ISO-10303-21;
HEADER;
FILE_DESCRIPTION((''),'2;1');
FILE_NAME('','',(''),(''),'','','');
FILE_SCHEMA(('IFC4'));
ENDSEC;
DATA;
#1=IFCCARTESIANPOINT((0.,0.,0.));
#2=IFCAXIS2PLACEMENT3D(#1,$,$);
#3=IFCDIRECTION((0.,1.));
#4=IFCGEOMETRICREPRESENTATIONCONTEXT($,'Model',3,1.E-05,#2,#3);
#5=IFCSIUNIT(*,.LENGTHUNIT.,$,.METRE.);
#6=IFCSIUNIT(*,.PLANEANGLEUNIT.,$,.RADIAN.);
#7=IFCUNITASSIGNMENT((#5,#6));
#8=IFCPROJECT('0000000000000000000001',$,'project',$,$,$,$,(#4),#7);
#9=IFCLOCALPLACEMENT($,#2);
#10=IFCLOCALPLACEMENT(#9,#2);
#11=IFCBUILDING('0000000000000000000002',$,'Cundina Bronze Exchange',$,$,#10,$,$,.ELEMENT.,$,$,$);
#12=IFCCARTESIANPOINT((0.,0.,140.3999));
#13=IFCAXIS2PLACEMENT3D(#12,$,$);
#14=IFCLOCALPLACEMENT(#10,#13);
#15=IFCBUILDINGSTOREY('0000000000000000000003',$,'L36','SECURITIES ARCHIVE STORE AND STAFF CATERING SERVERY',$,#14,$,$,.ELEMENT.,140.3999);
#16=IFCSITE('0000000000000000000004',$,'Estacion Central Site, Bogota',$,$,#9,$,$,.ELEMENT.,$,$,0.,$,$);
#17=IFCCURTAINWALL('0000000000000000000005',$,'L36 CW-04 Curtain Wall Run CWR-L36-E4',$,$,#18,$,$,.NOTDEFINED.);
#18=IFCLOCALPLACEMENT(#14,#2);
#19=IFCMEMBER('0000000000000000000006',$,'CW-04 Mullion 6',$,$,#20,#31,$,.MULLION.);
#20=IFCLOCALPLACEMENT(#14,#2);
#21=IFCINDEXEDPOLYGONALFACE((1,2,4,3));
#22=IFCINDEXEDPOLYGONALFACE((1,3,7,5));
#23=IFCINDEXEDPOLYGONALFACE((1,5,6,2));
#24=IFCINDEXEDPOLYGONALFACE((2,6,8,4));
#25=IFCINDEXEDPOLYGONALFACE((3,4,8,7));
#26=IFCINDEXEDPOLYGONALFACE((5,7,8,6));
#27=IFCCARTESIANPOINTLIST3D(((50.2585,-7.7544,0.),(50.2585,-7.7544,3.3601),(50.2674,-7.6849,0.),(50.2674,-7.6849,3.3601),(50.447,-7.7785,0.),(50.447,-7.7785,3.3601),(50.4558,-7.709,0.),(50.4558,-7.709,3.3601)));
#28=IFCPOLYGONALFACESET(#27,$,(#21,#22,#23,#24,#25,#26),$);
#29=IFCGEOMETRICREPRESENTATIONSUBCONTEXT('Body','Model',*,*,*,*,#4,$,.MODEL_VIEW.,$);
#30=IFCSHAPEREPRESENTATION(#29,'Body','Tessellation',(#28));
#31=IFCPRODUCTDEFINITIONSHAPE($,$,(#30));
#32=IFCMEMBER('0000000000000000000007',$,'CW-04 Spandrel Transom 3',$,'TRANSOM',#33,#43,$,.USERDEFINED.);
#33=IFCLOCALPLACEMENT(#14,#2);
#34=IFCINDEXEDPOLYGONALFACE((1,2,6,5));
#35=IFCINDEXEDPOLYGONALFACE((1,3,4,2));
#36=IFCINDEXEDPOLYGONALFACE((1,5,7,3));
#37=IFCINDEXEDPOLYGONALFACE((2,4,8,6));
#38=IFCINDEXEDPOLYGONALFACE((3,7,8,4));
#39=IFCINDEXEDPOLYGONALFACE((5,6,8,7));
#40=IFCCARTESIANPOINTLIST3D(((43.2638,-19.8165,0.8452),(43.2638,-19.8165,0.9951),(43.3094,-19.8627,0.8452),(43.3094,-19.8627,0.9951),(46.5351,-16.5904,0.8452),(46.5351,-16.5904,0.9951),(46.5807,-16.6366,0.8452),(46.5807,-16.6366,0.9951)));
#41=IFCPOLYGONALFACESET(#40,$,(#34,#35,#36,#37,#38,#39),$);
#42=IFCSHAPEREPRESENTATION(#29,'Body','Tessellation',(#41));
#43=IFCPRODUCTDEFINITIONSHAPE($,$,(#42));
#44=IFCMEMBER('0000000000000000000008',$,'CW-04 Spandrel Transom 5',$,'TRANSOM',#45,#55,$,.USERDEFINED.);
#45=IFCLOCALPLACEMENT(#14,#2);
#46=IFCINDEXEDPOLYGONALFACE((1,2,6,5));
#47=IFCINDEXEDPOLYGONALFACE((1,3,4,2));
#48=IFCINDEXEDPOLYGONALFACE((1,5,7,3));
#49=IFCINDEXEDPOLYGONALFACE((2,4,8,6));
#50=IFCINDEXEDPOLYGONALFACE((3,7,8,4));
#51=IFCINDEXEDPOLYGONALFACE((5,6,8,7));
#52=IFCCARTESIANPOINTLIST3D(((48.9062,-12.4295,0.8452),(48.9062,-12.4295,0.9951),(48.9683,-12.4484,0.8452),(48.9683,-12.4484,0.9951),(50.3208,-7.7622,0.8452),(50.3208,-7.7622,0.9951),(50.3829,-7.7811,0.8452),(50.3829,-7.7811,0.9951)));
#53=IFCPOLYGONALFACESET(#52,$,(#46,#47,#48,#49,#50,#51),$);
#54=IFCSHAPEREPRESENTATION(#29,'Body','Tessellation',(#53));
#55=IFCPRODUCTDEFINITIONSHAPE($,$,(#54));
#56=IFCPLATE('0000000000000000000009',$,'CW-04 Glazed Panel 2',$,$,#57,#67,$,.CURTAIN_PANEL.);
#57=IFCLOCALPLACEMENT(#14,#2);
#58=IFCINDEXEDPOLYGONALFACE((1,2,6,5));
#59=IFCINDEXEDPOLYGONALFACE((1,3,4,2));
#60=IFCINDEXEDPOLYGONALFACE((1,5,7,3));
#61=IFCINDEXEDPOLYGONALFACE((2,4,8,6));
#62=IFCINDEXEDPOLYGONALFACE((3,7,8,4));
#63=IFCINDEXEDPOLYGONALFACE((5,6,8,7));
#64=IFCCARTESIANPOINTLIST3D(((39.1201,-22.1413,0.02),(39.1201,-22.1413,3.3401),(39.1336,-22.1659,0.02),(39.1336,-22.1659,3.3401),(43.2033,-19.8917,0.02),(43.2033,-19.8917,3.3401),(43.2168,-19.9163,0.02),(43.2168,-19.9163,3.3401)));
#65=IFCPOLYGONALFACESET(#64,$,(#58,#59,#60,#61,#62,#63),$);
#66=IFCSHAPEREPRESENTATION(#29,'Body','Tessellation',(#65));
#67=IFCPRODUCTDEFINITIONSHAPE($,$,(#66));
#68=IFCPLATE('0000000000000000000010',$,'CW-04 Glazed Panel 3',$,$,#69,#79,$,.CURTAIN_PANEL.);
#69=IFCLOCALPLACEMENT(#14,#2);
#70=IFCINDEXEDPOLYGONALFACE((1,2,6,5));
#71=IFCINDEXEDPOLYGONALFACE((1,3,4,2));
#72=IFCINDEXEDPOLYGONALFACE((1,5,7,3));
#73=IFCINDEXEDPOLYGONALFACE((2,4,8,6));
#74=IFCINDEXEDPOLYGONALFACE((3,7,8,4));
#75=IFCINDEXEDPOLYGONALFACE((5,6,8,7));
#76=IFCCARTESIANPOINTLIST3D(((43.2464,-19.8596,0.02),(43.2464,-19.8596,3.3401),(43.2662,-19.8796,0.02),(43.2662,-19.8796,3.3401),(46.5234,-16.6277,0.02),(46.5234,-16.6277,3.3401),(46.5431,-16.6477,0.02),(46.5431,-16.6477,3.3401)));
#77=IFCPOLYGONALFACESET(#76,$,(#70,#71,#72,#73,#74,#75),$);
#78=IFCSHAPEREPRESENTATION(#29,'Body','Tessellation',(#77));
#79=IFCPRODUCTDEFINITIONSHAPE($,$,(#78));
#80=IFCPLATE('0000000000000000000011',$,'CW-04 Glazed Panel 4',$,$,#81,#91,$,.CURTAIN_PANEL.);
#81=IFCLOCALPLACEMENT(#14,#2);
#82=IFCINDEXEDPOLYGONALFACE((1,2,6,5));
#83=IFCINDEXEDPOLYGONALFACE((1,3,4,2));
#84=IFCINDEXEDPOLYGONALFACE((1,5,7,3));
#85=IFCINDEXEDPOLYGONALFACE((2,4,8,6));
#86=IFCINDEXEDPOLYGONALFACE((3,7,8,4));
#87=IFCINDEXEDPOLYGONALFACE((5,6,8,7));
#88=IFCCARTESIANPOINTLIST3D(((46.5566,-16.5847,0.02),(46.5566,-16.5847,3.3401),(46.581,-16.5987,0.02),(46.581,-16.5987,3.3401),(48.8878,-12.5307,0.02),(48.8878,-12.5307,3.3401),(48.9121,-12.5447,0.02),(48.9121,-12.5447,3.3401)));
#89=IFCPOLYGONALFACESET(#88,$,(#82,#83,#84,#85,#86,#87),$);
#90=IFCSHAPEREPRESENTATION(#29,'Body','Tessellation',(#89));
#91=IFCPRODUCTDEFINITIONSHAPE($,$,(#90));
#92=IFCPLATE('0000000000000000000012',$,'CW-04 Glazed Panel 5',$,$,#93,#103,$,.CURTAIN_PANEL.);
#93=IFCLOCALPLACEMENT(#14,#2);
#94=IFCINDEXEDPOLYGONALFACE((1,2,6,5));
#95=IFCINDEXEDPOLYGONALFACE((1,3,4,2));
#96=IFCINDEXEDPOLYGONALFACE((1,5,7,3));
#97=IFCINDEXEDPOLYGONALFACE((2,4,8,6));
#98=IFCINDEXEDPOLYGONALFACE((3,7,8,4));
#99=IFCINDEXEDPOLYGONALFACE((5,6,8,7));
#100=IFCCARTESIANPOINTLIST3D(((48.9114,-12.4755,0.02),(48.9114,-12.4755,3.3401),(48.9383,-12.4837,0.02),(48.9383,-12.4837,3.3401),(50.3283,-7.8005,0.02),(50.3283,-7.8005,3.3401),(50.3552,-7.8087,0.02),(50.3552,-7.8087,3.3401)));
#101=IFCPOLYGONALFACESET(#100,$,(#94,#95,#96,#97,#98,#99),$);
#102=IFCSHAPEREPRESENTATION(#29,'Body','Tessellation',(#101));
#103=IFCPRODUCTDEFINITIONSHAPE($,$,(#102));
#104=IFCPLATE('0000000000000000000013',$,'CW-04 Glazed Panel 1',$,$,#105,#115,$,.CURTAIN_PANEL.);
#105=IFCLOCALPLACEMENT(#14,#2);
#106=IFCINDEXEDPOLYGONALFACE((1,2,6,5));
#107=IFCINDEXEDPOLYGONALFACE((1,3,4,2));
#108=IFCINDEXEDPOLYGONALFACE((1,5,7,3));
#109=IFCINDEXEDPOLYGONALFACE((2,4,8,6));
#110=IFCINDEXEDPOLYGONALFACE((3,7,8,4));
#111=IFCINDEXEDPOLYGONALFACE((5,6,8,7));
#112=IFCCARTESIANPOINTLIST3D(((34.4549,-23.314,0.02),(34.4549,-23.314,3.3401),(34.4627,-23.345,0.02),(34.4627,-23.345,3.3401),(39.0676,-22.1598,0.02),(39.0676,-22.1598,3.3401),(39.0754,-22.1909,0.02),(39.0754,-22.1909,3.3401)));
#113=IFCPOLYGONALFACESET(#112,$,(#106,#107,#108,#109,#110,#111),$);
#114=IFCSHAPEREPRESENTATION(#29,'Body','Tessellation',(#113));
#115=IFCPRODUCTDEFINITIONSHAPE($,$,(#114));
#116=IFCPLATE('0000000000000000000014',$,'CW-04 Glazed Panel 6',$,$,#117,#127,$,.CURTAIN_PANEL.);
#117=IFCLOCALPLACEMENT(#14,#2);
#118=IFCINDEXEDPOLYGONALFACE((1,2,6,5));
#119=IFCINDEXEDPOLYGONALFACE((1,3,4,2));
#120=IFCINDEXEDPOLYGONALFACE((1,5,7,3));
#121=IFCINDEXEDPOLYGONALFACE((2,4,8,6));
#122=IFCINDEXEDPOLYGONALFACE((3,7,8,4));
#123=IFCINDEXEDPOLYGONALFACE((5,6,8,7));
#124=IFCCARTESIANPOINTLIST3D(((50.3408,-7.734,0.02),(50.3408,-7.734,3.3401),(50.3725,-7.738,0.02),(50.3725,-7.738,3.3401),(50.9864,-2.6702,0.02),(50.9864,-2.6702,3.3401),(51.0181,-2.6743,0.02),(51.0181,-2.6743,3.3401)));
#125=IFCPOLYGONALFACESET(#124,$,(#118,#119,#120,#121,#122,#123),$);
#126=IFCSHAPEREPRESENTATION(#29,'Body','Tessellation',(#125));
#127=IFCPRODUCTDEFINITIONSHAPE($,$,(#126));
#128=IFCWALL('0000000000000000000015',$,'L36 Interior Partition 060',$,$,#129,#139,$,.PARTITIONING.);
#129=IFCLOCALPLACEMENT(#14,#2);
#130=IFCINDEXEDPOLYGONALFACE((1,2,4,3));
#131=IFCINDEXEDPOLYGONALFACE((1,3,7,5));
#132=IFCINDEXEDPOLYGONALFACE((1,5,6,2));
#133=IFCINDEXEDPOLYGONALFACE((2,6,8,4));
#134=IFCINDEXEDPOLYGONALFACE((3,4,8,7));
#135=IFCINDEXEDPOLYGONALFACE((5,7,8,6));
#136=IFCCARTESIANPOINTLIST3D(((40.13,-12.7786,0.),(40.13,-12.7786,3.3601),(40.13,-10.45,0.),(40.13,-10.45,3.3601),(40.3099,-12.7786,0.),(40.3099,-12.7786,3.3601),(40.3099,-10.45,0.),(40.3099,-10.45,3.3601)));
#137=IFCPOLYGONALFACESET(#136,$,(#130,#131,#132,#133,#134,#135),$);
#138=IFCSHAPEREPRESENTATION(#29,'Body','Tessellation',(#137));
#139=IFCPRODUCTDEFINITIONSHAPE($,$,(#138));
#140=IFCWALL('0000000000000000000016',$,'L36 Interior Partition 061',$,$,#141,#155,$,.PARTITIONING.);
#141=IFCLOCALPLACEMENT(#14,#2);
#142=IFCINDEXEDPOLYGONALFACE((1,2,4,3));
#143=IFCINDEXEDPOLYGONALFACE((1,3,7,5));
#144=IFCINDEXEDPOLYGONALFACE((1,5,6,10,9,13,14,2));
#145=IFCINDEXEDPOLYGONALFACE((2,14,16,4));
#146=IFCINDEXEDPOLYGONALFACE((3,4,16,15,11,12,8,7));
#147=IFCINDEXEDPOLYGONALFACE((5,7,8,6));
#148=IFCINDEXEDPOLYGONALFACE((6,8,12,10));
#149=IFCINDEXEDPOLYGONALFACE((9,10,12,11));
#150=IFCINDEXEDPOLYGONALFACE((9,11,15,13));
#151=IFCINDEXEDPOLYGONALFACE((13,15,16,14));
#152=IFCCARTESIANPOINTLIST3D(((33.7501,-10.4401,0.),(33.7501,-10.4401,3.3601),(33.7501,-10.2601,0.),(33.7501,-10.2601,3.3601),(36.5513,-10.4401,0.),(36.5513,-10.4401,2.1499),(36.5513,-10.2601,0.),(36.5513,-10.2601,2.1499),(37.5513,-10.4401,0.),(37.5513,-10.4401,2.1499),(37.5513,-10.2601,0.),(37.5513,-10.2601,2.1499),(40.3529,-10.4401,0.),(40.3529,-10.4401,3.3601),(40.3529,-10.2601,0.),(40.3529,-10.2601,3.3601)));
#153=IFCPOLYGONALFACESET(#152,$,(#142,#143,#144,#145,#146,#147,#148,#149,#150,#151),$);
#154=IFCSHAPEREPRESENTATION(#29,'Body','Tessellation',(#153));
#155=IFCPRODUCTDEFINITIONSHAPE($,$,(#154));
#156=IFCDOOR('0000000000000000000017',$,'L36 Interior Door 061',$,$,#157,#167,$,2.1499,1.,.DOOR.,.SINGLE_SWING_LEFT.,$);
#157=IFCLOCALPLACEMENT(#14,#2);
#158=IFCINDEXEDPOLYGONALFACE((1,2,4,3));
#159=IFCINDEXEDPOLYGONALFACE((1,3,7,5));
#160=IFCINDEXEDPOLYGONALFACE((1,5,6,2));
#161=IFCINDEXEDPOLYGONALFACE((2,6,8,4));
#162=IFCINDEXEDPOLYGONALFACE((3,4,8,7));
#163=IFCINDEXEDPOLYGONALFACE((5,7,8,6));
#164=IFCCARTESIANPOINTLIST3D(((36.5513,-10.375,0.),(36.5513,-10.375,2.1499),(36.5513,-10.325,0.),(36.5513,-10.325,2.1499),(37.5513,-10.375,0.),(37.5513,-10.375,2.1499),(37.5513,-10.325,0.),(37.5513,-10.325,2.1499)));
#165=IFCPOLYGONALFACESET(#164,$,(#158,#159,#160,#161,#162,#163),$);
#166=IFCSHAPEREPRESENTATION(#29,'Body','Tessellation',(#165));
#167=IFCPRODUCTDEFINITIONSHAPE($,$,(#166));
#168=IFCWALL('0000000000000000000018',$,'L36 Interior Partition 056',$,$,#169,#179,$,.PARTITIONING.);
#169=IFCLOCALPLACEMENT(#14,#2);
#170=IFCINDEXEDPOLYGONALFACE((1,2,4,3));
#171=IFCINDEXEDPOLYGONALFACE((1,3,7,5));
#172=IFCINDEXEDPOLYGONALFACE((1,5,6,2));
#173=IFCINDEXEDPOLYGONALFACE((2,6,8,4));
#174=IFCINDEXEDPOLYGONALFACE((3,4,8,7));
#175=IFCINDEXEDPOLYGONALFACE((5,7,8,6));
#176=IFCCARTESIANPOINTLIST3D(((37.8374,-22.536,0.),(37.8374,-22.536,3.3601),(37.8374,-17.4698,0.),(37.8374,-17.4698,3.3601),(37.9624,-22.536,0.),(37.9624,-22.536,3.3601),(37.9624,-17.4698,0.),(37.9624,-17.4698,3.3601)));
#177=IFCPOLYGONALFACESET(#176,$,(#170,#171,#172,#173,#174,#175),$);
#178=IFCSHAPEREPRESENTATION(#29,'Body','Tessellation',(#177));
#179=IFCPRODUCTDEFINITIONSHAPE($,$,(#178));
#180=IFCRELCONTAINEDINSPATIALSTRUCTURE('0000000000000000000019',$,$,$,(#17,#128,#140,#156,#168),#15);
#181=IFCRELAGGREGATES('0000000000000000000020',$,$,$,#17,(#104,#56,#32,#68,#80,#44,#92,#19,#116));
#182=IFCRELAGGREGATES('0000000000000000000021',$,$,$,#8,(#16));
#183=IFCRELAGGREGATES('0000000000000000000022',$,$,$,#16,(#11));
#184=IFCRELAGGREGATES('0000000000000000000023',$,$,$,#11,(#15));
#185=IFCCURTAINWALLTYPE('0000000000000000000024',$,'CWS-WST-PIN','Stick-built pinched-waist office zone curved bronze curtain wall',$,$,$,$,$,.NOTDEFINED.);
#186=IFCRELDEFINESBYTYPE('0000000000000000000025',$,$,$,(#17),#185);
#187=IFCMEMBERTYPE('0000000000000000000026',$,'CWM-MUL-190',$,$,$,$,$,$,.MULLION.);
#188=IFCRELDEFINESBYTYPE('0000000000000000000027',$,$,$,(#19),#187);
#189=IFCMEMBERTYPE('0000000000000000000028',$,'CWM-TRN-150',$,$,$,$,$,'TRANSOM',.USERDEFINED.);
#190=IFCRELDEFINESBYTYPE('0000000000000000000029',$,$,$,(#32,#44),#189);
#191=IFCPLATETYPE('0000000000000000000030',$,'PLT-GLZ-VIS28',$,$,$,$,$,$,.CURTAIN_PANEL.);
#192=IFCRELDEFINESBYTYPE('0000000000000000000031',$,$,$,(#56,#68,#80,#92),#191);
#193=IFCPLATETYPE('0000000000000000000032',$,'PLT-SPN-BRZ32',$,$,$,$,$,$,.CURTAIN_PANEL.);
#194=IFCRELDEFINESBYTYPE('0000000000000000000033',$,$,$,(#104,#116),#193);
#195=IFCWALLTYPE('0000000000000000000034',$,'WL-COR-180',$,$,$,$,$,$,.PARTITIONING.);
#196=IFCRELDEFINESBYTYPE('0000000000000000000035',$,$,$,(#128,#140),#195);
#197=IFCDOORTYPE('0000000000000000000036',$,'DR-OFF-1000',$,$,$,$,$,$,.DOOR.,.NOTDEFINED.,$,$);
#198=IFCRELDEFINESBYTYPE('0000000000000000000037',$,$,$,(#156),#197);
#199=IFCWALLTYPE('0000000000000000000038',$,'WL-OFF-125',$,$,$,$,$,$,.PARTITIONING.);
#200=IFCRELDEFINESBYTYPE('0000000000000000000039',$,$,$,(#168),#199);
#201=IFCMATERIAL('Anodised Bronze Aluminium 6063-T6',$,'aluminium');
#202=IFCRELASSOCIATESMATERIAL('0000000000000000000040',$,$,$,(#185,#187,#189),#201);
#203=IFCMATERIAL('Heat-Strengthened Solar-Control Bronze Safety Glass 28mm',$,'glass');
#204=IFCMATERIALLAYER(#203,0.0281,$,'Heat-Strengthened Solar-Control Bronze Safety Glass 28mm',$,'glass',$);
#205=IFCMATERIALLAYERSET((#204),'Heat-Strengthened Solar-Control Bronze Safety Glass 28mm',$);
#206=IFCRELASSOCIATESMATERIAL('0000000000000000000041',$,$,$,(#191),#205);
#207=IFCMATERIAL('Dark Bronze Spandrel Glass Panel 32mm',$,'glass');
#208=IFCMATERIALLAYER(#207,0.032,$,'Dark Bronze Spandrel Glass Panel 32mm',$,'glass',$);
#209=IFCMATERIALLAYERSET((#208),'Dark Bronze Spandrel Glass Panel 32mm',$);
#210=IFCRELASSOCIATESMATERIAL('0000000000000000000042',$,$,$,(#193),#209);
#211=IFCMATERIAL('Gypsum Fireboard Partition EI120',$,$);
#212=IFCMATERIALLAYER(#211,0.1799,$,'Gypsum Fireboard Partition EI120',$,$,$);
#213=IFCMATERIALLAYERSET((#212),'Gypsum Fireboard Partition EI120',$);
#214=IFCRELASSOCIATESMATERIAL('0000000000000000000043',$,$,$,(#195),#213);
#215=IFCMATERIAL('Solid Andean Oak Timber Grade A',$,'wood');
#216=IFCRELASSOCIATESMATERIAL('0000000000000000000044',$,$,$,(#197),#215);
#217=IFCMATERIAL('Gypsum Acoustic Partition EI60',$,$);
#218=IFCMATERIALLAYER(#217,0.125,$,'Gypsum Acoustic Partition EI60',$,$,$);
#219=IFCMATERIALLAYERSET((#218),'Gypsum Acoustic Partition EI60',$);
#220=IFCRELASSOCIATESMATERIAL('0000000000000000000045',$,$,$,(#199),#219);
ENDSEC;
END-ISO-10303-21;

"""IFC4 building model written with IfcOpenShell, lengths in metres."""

from ifc_helpers import new_model, si_unit, direction, frame, frame_2d, origin, origin_2d, place, context, subcontext, project, spatial, rectangle, extrude, material, layer, layer_set, material_profile, profile_set, type_object, element, fill, aggregate, save


model = new_model("IFC4")

# Units and contexts
model_context = context("Model", 3, precision=1e-05, world=origin(), true_north=direction((0.0, 1.0)))
body_context = subcontext(model_context, "Body", "Model", "MODEL_VIEW")
ifc_project = project(units=[si_unit("LENGTHUNIT", "METRE"), si_unit("PLANEANGLEUNIT", "RADIAN")], contexts=[model_context])

# Site, building, storey
site_placement = place(None, origin())
site = spatial("IfcSite", under=ifc_project, at=site_placement, Name="Estacion Central Site, Bogota", CompositionType="ELEMENT", RefElevation=0.0)
building_placement = place(site_placement, origin())
building = spatial("IfcBuilding", under=site, at=building_placement, Name="Cundina Bronze Exchange", CompositionType="ELEMENT")
storey_placement = place(building_placement, frame((0.0, 0.0, 140.3999)))
storey = spatial("IfcBuildingStorey", under=building, at=storey_placement, Name="L36", Description="SECURITIES ARCHIVE STORE AND STAFF CATERING SERVERY", CompositionType="ELEMENT", Elevation=140.3999)

# Curtain wall, members, plates
ifc_material_1 = material(Name="Anodised Bronze Aluminium 6063-T6", Category="aluminium")
curtain_wall_type = type_object("IfcCurtainWallType", Name="CWS-WST-PIN", Description="Stick-built pinched-waist office zone curved bronze curtain wall", PredefinedType="NOTDEFINED", material=ifc_material_1)
curtain_wall_placement = place(storey_placement, origin())
curtain_wall = element("IfcCurtainWall", 1, at=curtain_wall_placement, inside=storey, type_object=curtain_wall_type, Name="L36 CW-04 Curtain Wall Run CWR-L36-E4", PredefinedType="NOTDEFINED")
ifc_material_profile_1 = material_profile(ifc_material_1, rectangle(XDim=0.0701, YDim=0.1899, at=origin_2d()), Name="AL70X190", Category="aluminium")
ifc_profile_set_1 = profile_set([ifc_material_profile_1], Name="Anodised Bronze Aluminium 6063-T6")
member_type_1 = type_object("IfcMemberType", Name="CWM-MUL-190", PredefinedType="MULLION", material=ifc_profile_set_1)
member_1_placement = place(storey_placement, frame((50.3572, -7.7317, 0.0), z_axis=(0.0, 0.0, 1.0), x_axis=(0.126545, 0.991961, 0.0)))
member_1 = element("IfcMember", 2, at=member_1_placement, type_object=member_type_1, Name="CW-04 Mullion 6", PredefinedType="MULLION", context=body_context, shape_type="SweptSolid", body=[
    extrude(rectangle(XDim=0.0701, YDim=0.1899, at=origin_2d()), origin(), (0.0, 0.0, 1.0), 3.3601),
])
ifc_material_profile_2 = material_profile(ifc_material_1, rectangle(XDim=0.0649, YDim=0.1499, at=origin_2d()), Name="AL65X150", Category="aluminium")
ifc_profile_set_2 = profile_set([ifc_material_profile_2], Name="Anodised Bronze Aluminium 6063-T6")
member_type_2 = type_object("IfcMemberType", Name="CWM-TRN-150", ElementType="TRANSOM", PredefinedType="USERDEFINED", material=ifc_profile_set_2)
member_2_placement = place(storey_placement, frame((43.2866, -19.8396, 0.9202), z_axis=(0.712005, 0.702174, 0.0), x_axis=(-0.702174, 0.712005, 0.0)))
member_2 = element("IfcMember", 3, at=member_2_placement, type_object=member_type_2, Name="CW-04 Spandrel Transom 3", ObjectType="TRANSOM", PredefinedType="USERDEFINED", context=body_context, shape_type="SweptSolid", body=[
    extrude(rectangle(XDim=0.0649, YDim=0.1499, at=origin_2d()), origin(), (0.0, 0.0, 1.0), 4.5945),
])
member_3_placement = place(storey_placement, frame((48.9373, -12.439, 0.9202), z_axis=(0.290052, 0.957011, 0.0), x_axis=(-0.957011, 0.290052, 0.0)))
member_3 = element("IfcMember", 4, at=member_3_placement, type_object=member_type_2, Name="CW-04 Spandrel Transom 5", ObjectType="TRANSOM", PredefinedType="USERDEFINED", context=body_context, shape_type="SweptSolid", body=[
    extrude(rectangle(XDim=0.0649, YDim=0.1499, at=origin_2d()), origin(), (0.0, 0.0, 1.0), 4.877),
])
ifc_material_2 = material(Name="Heat-Strengthened Solar-Control Bronze Safety Glass 28mm", Category="glass")
ifc_layer_1 = layer(ifc_material_2, 0.0281, Name="Heat-Strengthened Solar-Control Bronze Safety Glass 28mm", Category="glass")
ifc_layer_set_1 = layer_set([ifc_layer_1], Name="Heat-Strengthened Solar-Control Bronze Safety Glass 28mm")
plate_type_1 = type_object("IfcPlateType", Name="PLT-GLZ-VIS28", PredefinedType="CURTAIN_PANEL", material=ifc_layer_set_1)
plate_1_placement = place(storey_placement, frame((41.1685, -21.0288, 0.02), z_axis=(0.0, 0.0, 1.0), x_axis=(0.875869, 0.482549, 0.0)))
plate_1 = element("IfcPlate", 5, at=plate_1_placement, type_object=plate_type_1, Name="CW-04 Glazed Panel 2", PredefinedType="CURTAIN_PANEL", context=body_context, shape_type="SweptSolid", body=[
    extrude(rectangle(XDim=4.6619, YDim=0.0281, at=origin_2d()), origin(), (0.0, 0.0, 1.0), 3.3201),
])
plate_2_placement = place(storey_placement, frame((44.8948, -18.2537, 0.02), z_axis=(0.0, 0.0, 1.0), x_axis=(0.711989, 0.70219, 0.0)))
plate_2 = element("IfcPlate", 6, at=plate_2_placement, type_object=plate_type_1, Name="CW-04 Glazed Panel 3", PredefinedType="CURTAIN_PANEL", context=body_context, shape_type="SweptSolid", body=[
    extrude(rectangle(XDim=4.6025, YDim=0.0281, at=origin_2d()), origin(), (0.0, 0.0, 1.0), 3.3201),
])
plate_3_placement = place(storey_placement, frame((47.7344, -14.5647, 0.02), z_axis=(0.0, 0.0, 1.0), x_axis=(0.498488, 0.866897, 0.0)))
plate_3 = element("IfcPlate", 7, at=plate_3_placement, type_object=plate_type_1, Name="CW-04 Glazed Panel 4", PredefinedType="CURTAIN_PANEL", context=body_context, shape_type="SweptSolid", body=[
    extrude(rectangle(XDim=4.6765, YDim=0.0281, at=origin_2d()), origin(), (0.0, 0.0, 1.0), 3.3201),
])
plate_4_placement = place(storey_placement, frame((49.6333, -10.1421, 0.02), z_axis=(0.0, 0.0, 1.0), x_axis=(0.290051, 0.957011, 0.0)))
plate_4 = element("IfcPlate", 8, at=plate_4_placement, type_object=plate_type_1, Name="CW-04 Glazed Panel 5", PredefinedType="CURTAIN_PANEL", context=body_context, shape_type="SweptSolid", body=[
    extrude(rectangle(XDim=4.885, YDim=0.0281, at=origin_2d()), origin(), (0.0, 0.0, 1.0), 3.3201),
])
ifc_material_3 = material(Name="Dark Bronze Spandrel Glass Panel 32mm", Category="glass")
ifc_layer_2 = layer(ifc_material_3, 0.032, Name="Dark Bronze Spandrel Glass Panel 32mm", Category="glass")
ifc_layer_set_2 = layer_set([ifc_layer_2], Name="Dark Bronze Spandrel Glass Panel 32mm")
plate_type_2 = type_object("IfcPlateType", Name="PLT-SPN-BRZ32", PredefinedType="CURTAIN_PANEL", material=ifc_layer_set_2)
plate_5_placement = place(storey_placement, frame((36.7651, -22.7524, 0.02), z_axis=(0.0, 0.0, 1.0), x_axis=(0.970093, 0.242735, 0.0)))
plate_5 = element("IfcPlate", 9, at=plate_5_placement, type_object=plate_type_2, Name="CW-04 Glazed Panel 1", PredefinedType="CURTAIN_PANEL", context=body_context, shape_type="SweptSolid", body=[
    extrude(rectangle(XDim=4.7549, YDim=0.032, at=origin_2d()), origin(), (0.0, 0.0, 1.0), 3.3201),
])
plate_6_placement = place(storey_placement, frame((50.6794, -5.2041, 0.02), z_axis=(0.0, 0.0, 1.0), x_axis=(0.126476, 0.99197, 0.0)))
plate_6 = element("IfcPlate", 10, at=plate_6_placement, type_object=plate_type_2, Name="CW-04 Glazed Panel 6", PredefinedType="CURTAIN_PANEL", context=body_context, shape_type="SweptSolid", body=[
    extrude(rectangle(XDim=5.1047, YDim=0.032, at=origin_2d()), origin(), (0.0, 0.0, 1.0), 3.3201),
])
aggregate(curtain_wall, [plate_5, plate_1, member_2, plate_2, plate_3, member_3, plate_4, member_1, plate_6])

# Wall
ifc_material_4 = material(Name="Gypsum Fireboard Partition EI120")
ifc_layer_3 = layer(ifc_material_4, 0.1799, Name="Gypsum Fireboard Partition EI120")
ifc_layer_set_3 = layer_set([ifc_layer_3], Name="Gypsum Fireboard Partition EI120")
wall_type_1 = type_object("IfcWallType", Name="WL-COR-180", PredefinedType="PARTITIONING", material=ifc_layer_set_3)
wall_1_placement = place(storey_placement, frame((40.22, -12.7786, 0.0), z_axis=(0.0, 0.0, 1.0), x_axis=(0.0, 1.0, 0.0)))
element("IfcWall", 11, at=wall_1_placement, inside=storey, type_object=wall_type_1, Name="L36 Interior Partition 060", PredefinedType="PARTITIONING", context=body_context, shape_type="SweptSolid", body=[
    extrude(rectangle(XDim=2.3286, YDim=0.1799, at=frame_2d((1.1643, 0.0))), origin(), (0.0, 0.0, 1.0), 3.3601),
])

# Wall, opening, door
wall_2_placement = place(storey_placement, frame((40.3528, -10.3501, 0.0), z_axis=(0.0, 0.0, 1.0), x_axis=(-1.0, 0.0, 0.0)))
wall_2 = element("IfcWall", 12, at=wall_2_placement, inside=storey, type_object=wall_type_1, Name="L36 Interior Partition 061", PredefinedType="PARTITIONING", context=body_context, shape_type="SweptSolid", body=[
    extrude(rectangle(XDim=6.6028, YDim=0.1799, at=frame_2d((3.3013, 0.0))), origin(), (0.0, 0.0, 1.0), 3.3601),
])
opening_placement = place(wall_2_placement, frame((2.8015, 0.0, 0.0)))
opening = element("IfcOpeningElement", 13, at=opening_placement, cuts=wall_2, PredefinedType="OPENING", context=body_context, shape_type="SweptSolid", body=[
    extrude(rectangle(XDim=1.0, YDim=2.1499, at=frame_2d((0.5, 1.075))), frame((0.0, 0.0999, 0.0), z_axis=(0.0, -1.0, 0.0), x_axis=(1.0, 0.0, 0.0)), (0.0, 0.0, 1.0), 0.2),
])
ifc_material_5 = material(Name="Solid Andean Oak Timber Grade A", Category="wood")
door_type = type_object("IfcDoorType", Name="DR-OFF-1000", OperationType="NOTDEFINED", PredefinedType="DOOR", material=ifc_material_5)
door_placement = place(opening_placement, origin())
door = element("IfcDoor", 14, at=door_placement, inside=storey, type_object=door_type, Name="L36 Interior Door 061", OperationType="SINGLE_SWING_LEFT", OverallHeight=2.1499, OverallWidth=1.0, PredefinedType="DOOR", context=body_context, shape_type="SweptSolid", body=[
    extrude(rectangle(XDim=1.0, YDim=2.1499, at=frame_2d((0.5, 1.075))), frame((0.0, 0.0249, 0.0), z_axis=(0.0, -1.0, 0.0), x_axis=(1.0, 0.0, 0.0)), (0.0, 0.0, 1.0), 0.05),
])
fill(opening, door)

# Wall
ifc_material_6 = material(Name="Gypsum Acoustic Partition EI60")
ifc_layer_4 = layer(ifc_material_6, 0.125, Name="Gypsum Acoustic Partition EI60")
ifc_layer_set_4 = layer_set([ifc_layer_4], Name="Gypsum Acoustic Partition EI60")
wall_type_2 = type_object("IfcWallType", Name="WL-OFF-125", PredefinedType="PARTITIONING", material=ifc_layer_set_4)
wall_3_placement = place(storey_placement, frame((37.8999, -22.5361, 0.0), z_axis=(0.0, 0.0, 1.0), x_axis=(0.0, 1.0, 0.0)))
element("IfcWall", 15, at=wall_3_placement, inside=storey, type_object=wall_type_2, Name="L36 Interior Partition 056", PredefinedType="PARTITIONING", context=body_context, shape_type="SweptSolid", body=[
    extrude(rectangle(XDim=5.0662, YDim=0.125, at=frame_2d((2.5332, 0.0))), origin(), (0.0, 0.0, 1.0), 3.3601),
])

save(model, "model.ifc")
